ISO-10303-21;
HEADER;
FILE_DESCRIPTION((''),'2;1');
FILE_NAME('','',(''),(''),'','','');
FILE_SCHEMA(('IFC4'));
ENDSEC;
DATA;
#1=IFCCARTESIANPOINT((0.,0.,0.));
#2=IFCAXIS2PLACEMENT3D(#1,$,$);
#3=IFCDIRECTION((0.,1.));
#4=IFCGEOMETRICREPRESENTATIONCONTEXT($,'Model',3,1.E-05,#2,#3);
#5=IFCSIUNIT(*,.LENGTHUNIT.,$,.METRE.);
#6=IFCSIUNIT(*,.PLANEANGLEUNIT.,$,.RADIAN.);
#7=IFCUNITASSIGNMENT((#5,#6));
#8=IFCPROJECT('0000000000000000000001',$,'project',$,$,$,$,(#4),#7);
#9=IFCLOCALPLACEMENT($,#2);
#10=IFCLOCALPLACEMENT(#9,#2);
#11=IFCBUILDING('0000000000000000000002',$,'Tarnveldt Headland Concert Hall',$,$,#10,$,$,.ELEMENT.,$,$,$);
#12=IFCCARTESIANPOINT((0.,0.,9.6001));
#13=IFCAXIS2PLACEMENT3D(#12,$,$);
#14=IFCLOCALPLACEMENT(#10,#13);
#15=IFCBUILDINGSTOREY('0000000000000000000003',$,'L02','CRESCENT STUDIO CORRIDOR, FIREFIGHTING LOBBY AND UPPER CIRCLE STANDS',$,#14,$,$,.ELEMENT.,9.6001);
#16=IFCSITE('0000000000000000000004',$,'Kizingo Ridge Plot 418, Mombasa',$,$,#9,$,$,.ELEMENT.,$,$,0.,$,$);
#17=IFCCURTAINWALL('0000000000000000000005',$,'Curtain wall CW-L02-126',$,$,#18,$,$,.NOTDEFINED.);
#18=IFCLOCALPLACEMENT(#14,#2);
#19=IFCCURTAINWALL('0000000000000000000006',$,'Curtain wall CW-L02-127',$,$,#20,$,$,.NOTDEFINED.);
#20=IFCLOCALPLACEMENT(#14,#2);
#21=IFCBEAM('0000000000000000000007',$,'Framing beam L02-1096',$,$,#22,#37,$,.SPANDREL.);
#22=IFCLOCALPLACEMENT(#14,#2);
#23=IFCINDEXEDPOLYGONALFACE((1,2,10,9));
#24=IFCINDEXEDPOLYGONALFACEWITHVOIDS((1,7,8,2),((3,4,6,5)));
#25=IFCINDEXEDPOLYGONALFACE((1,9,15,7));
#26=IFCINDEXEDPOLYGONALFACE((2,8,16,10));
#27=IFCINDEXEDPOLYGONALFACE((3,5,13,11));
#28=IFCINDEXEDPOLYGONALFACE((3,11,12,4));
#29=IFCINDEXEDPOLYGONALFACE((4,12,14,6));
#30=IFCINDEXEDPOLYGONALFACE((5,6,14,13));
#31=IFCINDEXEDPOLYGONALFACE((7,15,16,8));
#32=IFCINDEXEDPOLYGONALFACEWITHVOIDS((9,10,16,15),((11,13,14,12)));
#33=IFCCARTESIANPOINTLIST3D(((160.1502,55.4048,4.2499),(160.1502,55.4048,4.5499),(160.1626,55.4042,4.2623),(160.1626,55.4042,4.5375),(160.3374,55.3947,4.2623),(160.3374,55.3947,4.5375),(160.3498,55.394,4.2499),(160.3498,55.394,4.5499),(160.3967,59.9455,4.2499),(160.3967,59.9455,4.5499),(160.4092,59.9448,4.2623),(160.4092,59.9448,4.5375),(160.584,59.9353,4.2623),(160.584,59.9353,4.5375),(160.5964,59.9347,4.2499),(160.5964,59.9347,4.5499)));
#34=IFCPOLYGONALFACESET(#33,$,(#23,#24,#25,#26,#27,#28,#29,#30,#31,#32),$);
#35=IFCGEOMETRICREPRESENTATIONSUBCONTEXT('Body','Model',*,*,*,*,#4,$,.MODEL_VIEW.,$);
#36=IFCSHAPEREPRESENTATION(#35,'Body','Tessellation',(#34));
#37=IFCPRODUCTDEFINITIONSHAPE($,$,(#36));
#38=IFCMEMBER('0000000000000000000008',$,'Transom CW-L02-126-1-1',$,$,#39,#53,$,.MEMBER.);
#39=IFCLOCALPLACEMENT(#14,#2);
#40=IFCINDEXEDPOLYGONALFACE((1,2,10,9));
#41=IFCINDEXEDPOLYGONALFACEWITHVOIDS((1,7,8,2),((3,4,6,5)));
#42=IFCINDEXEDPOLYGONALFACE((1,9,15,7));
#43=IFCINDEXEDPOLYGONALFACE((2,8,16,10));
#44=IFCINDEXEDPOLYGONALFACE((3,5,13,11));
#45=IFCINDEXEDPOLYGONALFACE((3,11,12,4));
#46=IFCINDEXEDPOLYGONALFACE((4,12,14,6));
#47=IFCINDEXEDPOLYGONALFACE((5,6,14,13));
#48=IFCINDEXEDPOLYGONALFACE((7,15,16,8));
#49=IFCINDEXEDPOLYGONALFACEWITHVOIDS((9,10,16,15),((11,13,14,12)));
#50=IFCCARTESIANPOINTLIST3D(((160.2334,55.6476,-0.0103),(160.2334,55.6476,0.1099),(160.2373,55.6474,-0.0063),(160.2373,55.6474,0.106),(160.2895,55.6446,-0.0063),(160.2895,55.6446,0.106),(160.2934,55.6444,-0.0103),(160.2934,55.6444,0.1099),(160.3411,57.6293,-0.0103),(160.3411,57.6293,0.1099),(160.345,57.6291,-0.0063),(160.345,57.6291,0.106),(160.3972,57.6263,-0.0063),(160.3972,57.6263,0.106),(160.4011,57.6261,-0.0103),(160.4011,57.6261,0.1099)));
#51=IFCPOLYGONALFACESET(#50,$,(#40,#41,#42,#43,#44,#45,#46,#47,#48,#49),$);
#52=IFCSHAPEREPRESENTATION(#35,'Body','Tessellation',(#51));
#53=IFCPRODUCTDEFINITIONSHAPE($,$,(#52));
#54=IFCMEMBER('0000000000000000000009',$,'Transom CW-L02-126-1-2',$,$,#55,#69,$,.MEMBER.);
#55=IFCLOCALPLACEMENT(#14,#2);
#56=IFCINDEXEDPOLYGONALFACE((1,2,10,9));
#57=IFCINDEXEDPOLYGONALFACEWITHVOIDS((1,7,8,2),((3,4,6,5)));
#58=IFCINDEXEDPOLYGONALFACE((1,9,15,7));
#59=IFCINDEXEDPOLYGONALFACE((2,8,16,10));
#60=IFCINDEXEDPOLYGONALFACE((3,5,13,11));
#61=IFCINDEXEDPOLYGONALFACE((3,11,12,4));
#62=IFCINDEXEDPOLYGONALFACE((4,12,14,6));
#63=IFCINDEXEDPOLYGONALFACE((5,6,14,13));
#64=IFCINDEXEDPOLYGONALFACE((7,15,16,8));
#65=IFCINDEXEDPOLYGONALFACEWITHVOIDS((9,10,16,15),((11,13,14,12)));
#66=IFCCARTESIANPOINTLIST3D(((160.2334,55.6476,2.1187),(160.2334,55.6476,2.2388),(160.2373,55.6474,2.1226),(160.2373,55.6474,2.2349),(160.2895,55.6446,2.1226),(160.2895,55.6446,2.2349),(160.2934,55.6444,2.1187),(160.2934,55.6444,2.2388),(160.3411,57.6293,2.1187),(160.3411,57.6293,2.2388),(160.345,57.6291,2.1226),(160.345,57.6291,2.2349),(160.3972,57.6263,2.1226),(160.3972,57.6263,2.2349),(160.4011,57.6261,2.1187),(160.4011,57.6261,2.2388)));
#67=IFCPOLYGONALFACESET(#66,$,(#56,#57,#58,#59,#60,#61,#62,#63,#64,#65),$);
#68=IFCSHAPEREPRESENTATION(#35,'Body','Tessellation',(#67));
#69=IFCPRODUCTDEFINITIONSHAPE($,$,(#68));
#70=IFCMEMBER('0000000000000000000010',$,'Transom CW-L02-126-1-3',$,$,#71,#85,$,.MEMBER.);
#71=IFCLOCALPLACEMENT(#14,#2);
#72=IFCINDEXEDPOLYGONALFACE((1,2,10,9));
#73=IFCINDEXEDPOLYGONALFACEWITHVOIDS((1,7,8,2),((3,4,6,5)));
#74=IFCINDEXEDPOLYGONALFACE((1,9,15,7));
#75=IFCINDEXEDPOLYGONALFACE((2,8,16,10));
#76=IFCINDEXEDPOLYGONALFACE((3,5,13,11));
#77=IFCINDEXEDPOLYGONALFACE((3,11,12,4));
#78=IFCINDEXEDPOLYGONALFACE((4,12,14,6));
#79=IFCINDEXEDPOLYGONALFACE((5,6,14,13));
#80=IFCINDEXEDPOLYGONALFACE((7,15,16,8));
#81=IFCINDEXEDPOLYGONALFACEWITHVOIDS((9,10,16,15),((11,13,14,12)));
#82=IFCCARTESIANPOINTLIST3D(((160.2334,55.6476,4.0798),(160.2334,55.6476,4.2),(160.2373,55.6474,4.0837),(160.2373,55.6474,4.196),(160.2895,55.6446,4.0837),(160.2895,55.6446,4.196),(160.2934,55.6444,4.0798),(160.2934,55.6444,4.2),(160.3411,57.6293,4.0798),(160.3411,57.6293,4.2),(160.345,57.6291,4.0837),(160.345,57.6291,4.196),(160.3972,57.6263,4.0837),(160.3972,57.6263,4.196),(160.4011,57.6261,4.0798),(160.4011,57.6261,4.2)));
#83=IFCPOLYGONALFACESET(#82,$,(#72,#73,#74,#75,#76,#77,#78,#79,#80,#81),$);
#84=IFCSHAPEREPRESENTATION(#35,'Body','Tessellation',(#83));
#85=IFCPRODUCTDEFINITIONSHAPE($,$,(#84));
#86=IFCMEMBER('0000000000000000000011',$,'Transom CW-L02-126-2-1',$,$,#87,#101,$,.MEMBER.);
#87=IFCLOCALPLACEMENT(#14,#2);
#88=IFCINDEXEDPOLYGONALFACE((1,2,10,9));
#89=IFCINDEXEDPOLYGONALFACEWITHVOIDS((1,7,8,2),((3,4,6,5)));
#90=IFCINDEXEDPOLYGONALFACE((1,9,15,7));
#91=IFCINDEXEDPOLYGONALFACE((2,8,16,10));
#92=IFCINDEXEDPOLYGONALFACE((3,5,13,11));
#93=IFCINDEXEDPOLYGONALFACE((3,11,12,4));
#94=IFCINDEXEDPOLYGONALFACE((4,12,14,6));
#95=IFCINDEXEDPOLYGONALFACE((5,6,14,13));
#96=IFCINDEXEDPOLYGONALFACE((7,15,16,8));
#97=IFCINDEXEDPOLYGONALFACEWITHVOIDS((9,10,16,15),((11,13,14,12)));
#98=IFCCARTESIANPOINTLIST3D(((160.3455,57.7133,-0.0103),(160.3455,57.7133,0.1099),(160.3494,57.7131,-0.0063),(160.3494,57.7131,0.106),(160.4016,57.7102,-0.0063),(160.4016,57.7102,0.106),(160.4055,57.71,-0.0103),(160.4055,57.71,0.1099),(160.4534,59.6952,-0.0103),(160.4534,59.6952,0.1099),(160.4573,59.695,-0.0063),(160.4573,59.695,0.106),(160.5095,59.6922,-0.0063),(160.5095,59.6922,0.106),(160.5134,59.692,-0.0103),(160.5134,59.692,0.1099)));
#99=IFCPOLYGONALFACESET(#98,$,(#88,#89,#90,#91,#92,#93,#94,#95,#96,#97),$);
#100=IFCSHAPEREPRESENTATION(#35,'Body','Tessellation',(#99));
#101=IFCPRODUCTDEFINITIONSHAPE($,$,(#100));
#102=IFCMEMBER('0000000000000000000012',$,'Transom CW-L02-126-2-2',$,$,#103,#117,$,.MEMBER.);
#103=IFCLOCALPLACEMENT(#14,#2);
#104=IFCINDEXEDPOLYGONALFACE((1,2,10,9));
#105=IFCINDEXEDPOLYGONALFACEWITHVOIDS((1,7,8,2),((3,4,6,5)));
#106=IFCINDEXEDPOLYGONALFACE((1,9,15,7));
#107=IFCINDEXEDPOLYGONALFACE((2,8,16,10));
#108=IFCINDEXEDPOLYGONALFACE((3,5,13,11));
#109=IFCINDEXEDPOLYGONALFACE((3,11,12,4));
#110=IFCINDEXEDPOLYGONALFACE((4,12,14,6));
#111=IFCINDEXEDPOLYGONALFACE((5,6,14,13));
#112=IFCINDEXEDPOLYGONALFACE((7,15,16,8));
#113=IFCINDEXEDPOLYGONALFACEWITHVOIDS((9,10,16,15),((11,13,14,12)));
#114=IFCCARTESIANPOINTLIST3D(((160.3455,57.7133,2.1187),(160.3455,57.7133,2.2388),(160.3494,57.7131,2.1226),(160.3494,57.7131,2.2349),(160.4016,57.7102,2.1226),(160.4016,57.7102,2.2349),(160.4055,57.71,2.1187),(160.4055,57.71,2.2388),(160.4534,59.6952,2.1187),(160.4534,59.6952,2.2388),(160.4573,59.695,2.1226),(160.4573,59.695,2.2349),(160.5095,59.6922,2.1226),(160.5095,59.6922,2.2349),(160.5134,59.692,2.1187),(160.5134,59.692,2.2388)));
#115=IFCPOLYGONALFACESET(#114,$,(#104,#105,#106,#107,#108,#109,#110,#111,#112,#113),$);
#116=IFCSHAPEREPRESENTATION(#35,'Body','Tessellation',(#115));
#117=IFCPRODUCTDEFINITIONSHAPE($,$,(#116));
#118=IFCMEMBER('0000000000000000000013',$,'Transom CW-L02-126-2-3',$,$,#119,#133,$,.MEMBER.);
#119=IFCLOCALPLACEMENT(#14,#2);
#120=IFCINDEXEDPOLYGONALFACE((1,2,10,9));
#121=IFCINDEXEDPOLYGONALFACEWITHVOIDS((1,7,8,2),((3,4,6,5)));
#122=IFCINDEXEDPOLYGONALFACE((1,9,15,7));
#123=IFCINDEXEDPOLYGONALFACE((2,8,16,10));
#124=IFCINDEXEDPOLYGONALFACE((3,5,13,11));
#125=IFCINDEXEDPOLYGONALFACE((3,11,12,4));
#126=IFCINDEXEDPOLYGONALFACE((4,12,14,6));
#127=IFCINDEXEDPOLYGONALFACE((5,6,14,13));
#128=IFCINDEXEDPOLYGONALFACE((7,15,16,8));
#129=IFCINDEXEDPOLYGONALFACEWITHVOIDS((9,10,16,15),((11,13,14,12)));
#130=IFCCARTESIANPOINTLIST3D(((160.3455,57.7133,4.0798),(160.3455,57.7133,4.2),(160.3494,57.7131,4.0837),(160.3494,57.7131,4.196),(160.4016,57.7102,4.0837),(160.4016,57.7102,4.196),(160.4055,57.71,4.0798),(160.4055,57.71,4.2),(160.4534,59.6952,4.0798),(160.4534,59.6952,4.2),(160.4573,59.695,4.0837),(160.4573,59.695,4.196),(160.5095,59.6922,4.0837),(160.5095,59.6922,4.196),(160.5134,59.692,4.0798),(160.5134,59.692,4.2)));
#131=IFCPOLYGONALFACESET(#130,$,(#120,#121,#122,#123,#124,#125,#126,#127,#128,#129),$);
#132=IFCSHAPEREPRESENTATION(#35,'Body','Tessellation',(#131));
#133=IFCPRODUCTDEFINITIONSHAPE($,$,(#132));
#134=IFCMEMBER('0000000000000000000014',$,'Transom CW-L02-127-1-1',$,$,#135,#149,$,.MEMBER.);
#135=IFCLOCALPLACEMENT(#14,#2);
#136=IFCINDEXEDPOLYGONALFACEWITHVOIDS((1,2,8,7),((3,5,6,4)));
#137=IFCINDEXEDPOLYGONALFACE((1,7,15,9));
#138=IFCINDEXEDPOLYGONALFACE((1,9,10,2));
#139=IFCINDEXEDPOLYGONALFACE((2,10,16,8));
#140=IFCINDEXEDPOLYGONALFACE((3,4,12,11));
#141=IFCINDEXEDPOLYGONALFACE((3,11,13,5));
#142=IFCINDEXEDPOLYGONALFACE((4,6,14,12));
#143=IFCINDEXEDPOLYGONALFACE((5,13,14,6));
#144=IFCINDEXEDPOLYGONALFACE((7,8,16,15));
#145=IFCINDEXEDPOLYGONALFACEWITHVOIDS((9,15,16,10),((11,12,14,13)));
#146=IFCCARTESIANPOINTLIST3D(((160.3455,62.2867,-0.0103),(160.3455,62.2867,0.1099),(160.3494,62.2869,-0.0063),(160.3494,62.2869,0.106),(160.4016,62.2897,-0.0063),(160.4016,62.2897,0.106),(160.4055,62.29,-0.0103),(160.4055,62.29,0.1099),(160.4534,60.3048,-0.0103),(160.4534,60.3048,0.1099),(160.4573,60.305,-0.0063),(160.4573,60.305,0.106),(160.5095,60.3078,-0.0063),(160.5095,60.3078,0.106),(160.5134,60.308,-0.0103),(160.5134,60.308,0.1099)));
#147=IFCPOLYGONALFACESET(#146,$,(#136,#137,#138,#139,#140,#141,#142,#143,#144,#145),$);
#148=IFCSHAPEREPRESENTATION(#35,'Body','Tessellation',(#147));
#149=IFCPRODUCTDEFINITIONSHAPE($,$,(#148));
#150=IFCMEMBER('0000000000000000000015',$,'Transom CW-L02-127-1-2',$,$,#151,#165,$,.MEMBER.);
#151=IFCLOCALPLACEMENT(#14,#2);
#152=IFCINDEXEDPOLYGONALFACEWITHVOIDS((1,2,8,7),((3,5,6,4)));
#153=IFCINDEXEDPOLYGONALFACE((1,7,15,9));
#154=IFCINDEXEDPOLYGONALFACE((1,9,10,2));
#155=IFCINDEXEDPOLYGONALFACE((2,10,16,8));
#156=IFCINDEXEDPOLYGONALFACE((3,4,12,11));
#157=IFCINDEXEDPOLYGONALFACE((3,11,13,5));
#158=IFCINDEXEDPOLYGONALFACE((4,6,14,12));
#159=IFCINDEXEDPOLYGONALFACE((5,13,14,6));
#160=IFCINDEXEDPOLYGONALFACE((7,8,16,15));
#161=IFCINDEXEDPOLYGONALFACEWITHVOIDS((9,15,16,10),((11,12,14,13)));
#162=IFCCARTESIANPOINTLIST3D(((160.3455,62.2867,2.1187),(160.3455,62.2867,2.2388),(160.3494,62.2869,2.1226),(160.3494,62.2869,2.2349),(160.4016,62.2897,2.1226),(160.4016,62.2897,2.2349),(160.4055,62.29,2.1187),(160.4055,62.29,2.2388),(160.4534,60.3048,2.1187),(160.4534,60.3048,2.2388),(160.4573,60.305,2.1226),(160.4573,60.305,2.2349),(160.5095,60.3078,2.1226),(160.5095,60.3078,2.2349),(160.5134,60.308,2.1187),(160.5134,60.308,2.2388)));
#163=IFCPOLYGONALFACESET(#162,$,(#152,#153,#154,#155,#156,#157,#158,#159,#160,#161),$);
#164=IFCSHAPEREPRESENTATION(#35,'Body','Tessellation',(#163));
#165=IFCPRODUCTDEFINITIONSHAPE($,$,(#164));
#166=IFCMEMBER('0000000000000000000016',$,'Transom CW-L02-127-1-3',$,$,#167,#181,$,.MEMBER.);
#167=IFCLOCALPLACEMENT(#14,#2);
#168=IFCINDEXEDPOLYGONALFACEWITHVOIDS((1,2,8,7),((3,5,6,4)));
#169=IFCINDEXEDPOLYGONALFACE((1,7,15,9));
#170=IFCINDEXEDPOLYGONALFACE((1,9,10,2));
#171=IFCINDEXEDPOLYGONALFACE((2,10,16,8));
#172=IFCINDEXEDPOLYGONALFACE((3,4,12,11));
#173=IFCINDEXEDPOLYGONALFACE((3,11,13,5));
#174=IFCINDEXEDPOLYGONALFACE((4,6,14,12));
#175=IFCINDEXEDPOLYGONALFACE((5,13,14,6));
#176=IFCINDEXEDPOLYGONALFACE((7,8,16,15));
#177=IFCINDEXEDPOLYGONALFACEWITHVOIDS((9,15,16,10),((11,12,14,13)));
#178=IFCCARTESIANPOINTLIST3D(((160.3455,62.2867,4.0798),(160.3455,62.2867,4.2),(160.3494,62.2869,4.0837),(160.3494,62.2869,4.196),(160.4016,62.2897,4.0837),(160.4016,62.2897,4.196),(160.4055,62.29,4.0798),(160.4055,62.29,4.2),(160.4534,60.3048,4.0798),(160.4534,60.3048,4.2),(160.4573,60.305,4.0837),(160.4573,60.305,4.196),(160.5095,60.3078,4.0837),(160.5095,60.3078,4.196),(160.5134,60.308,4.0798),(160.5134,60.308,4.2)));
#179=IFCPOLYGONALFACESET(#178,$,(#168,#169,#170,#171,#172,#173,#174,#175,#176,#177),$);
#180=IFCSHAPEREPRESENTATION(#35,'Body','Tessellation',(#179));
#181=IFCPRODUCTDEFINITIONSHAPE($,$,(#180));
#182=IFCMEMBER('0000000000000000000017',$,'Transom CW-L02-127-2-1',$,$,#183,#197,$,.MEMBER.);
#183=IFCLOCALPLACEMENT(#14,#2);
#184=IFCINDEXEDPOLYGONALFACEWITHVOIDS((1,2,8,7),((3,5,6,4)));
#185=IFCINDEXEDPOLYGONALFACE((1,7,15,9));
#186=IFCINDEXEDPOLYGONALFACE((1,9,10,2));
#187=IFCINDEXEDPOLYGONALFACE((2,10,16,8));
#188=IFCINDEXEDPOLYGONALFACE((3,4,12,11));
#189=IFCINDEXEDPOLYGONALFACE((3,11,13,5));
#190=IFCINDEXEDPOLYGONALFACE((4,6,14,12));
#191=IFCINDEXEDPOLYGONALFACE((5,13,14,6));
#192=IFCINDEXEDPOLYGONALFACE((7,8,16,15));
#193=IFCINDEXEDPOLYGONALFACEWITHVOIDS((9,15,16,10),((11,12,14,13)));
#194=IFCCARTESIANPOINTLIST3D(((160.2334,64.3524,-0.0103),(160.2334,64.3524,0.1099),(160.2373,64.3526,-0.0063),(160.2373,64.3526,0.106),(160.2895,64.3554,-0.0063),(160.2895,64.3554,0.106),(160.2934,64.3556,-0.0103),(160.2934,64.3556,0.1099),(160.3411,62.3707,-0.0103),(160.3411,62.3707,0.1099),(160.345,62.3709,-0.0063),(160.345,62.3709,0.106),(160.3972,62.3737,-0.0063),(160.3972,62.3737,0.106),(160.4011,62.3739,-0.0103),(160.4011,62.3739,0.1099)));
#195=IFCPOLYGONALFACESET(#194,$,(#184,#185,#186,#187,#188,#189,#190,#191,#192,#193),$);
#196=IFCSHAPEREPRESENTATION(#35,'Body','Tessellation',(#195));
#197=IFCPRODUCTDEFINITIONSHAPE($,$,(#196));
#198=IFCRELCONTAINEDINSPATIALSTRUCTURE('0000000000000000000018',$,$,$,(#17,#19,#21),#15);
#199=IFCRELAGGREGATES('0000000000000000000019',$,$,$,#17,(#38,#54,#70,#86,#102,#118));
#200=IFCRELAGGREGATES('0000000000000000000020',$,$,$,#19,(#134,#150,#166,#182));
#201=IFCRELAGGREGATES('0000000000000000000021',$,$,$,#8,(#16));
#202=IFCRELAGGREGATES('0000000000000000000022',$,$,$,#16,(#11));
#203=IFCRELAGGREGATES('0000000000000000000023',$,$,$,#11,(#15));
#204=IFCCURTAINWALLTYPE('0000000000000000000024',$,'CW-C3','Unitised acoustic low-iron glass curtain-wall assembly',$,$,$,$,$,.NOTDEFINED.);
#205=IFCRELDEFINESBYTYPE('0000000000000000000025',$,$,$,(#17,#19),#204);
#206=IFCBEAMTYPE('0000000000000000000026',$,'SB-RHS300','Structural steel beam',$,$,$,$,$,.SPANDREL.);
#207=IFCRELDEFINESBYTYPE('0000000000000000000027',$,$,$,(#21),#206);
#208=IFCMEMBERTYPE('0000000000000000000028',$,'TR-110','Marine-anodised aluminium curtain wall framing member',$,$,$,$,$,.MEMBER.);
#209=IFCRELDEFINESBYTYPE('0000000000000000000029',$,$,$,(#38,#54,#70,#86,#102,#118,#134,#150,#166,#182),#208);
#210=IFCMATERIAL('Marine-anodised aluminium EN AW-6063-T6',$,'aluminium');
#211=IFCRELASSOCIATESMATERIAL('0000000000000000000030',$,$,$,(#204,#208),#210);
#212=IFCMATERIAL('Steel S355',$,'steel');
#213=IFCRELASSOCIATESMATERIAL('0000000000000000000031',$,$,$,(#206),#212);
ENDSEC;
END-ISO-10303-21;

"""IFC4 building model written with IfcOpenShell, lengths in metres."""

from ifc_helpers import new_model, si_unit, direction, frame, origin, origin_2d, place, context, subcontext, project, spatial, hollow_rectangle, extrude, material, material_profile, profile_set, type_object, element, aggregate, save


model = new_model("IFC4")

# Units and contexts
model_context = context("Model", 3, precision=1e-05, world=origin(), true_north=direction((0.0, 1.0)))
body_context = subcontext(model_context, "Body", "Model", "MODEL_VIEW")
ifc_project = project(units=[si_unit("LENGTHUNIT", "METRE"), si_unit("PLANEANGLEUNIT", "RADIAN")], contexts=[model_context])

# Site, building, storey
site_placement = place(None, origin())
site = spatial("IfcSite", under=ifc_project, at=site_placement, Name="Kizingo Ridge Plot 418, Mombasa", CompositionType="ELEMENT", RefElevation=0.0)
building_placement = place(site_placement, origin())
building = spatial("IfcBuilding", under=site, at=building_placement, Name="Tarnveldt Headland Concert Hall", CompositionType="ELEMENT")
storey_placement = place(building_placement, frame((0.0, 0.0, 9.6001)))
storey = spatial("IfcBuildingStorey", under=building, at=storey_placement, Name="L02", Description="CRESCENT STUDIO CORRIDOR, FIREFIGHTING LOBBY AND UPPER CIRCLE STANDS", CompositionType="ELEMENT", Elevation=9.6001)

# Shared definitions
ifc_material_1 = material(Name="Steel S355", Category="steel")

# Shared definitions
ifc_material_2 = material(Name="Marine-anodised aluminium EN AW-6063-T6", Category="aluminium")
curtain_wall_type = type_object("IfcCurtainWallType", Name="CW-C3", Description="Unitised acoustic low-iron glass curtain-wall assembly", PredefinedType="NOTDEFINED", material=ifc_material_2)

# Curtain walls
curtain_wall_1_placement = place(storey_placement, origin())
curtain_wall_1 = element("IfcCurtainWall", 1, at=curtain_wall_1_placement, inside=storey, type_object=curtain_wall_type, Name="Curtain wall CW-L02-126", PredefinedType="NOTDEFINED")
curtain_wall_2_placement = place(storey_placement, origin())
curtain_wall_2 = element("IfcCurtainWall", 2, at=curtain_wall_2_placement, inside=storey, type_object=curtain_wall_type, Name="Curtain wall CW-L02-127", PredefinedType="NOTDEFINED")

# Beam
ifc_material_profile_1 = material_profile(ifc_material_1, hollow_rectangle(XDim=0.2, YDim=0.3, WallThickness=0.0125, at=origin_2d()), Name="RHS 300x200x12.5", Category="steel")
ifc_profile_set_1 = profile_set([ifc_material_profile_1], Name="Steel S355")
beam_type_1 = type_object("IfcBeamType", Name="SB-RHS300", Description="Structural steel beam", PredefinedType="SPANDREL", material=ifc_profile_set_1)
beam_1_placement = place(storey_placement, frame((160.25, 55.3994, 4.3999), z_axis=(0.054224, 0.998529, 0.0), x_axis=(-0.998529, 0.054224, 0.0)))
element("IfcBeam", 3, at=beam_1_placement, inside=storey, type_object=beam_type_1, Name="Framing beam L02-1096", PredefinedType="SPANDREL", context=body_context, shape_type="SweptSolid", body=[
    extrude(hollow_rectangle(XDim=0.2, YDim=0.3, WallThickness=0.0125, at=origin_2d()), origin(), (0.0, 0.0, 1.0), 4.5474),
])

# Members
ifc_material_profile_2 = material_profile(ifc_material_2, hollow_rectangle(XDim=0.0601, YDim=0.1201, WallThickness=0.0039, at=origin_2d()), Name="ALU TRANSOM 60x120x4", Category="aluminium")
ifc_profile_set_2 = profile_set([ifc_material_profile_2], Name="Marine-anodised aluminium EN AW-6063-T6")
member_type_1 = type_object("IfcMemberType", Name="TR-110", Description="Marine-anodised aluminium curtain wall framing member", PredefinedType="MEMBER", material=ifc_profile_set_2)
member_1_placement = place(storey_placement, frame((160.2634, 55.646, 0.0498), z_axis=(0.05425, 0.998527, 0.0), x_axis=(-0.998527, 0.05425, 0.0)))
member_1 = element("IfcMember", 4, at=member_1_placement, type_object=member_type_1, Name="Transom CW-L02-126-1-1", PredefinedType="MEMBER", context=body_context, shape_type="SweptSolid", body=[
    extrude(hollow_rectangle(XDim=0.0601, YDim=0.1201, WallThickness=0.0039, at=origin_2d()), origin(), (0.0, 0.0, 1.0), 1.9846),
])
member_2_placement = place(storey_placement, frame((160.2634, 55.646, 2.1787), z_axis=(0.05425, 0.998527, 0.0), x_axis=(-0.998527, 0.05425, 0.0)))
member_2 = element("IfcMember", 5, at=member_2_placement, type_object=member_type_1, Name="Transom CW-L02-126-1-2", PredefinedType="MEMBER", context=body_context, shape_type="SweptSolid", body=[
    extrude(hollow_rectangle(XDim=0.0601, YDim=0.1201, WallThickness=0.0039, at=origin_2d()), origin(), (0.0, 0.0, 1.0), 1.9846),
])
member_3_placement = place(storey_placement, frame((160.2634, 55.646, 4.1399), z_axis=(0.05425, 0.998527, 0.0), x_axis=(-0.998527, 0.05425, 0.0)))
member_3 = element("IfcMember", 6, at=member_3_placement, type_object=member_type_1, Name="Transom CW-L02-126-1-3", PredefinedType="MEMBER", context=body_context, shape_type="SweptSolid", body=[
    extrude(hollow_rectangle(XDim=0.0601, YDim=0.1201, WallThickness=0.0039, at=origin_2d()), origin(), (0.0, 0.0, 1.0), 1.9846),
])
member_4_placement = place(storey_placement, frame((160.3755, 57.7117, 0.0498), z_axis=(0.054366, 0.998521, 0.0), x_axis=(-0.998521, 0.054366, 0.0)))
member_4 = element("IfcMember", 7, at=member_4_placement, type_object=member_type_1, Name="Transom CW-L02-126-2-1", PredefinedType="MEMBER", context=body_context, shape_type="SweptSolid", body=[
    extrude(hollow_rectangle(XDim=0.0601, YDim=0.1201, WallThickness=0.0039, at=origin_2d()), origin(), (0.0, 0.0, 1.0), 1.9849),
])
member_5_placement = place(storey_placement, frame((160.3755, 57.7117, 2.1787), z_axis=(0.054366, 0.998521, 0.0), x_axis=(-0.998521, 0.054366, 0.0)))
member_5 = element("IfcMember", 8, at=member_5_placement, type_object=member_type_1, Name="Transom CW-L02-126-2-2", PredefinedType="MEMBER", context=body_context, shape_type="SweptSolid", body=[
    extrude(hollow_rectangle(XDim=0.0601, YDim=0.1201, WallThickness=0.0039, at=origin_2d()), origin(), (0.0, 0.0, 1.0), 1.9849),
])
member_6_placement = place(storey_placement, frame((160.3755, 57.7117, 4.1399), z_axis=(0.054366, 0.998521, 0.0), x_axis=(-0.998521, 0.054366, 0.0)))
member_6 = element("IfcMember", 9, at=member_6_placement, type_object=member_type_1, Name="Transom CW-L02-126-2-3", PredefinedType="MEMBER", context=body_context, shape_type="SweptSolid", body=[
    extrude(hollow_rectangle(XDim=0.0601, YDim=0.1201, WallThickness=0.0039, at=origin_2d()), origin(), (0.0, 0.0, 1.0), 1.9849),
])
member_7_placement = place(storey_placement, frame((160.4834, 60.3064, 0.0498), z_axis=(-0.054366, 0.998521, 0.0), x_axis=(-0.998521, -0.054366, 0.0)))
member_7 = element("IfcMember", 10, at=member_7_placement, type_object=member_type_1, Name="Transom CW-L02-127-1-1", PredefinedType="MEMBER", context=body_context, shape_type="SweptSolid", body=[
    extrude(hollow_rectangle(XDim=0.0601, YDim=0.1201, WallThickness=0.0039, at=origin_2d()), origin(), (0.0, 0.0, 1.0), 1.9849),
])
member_8_placement = place(storey_placement, frame((160.4834, 60.3064, 2.1787), z_axis=(-0.054366, 0.998521, 0.0), x_axis=(-0.998521, -0.054366, 0.0)))
member_8 = element("IfcMember", 11, at=member_8_placement, type_object=member_type_1, Name="Transom CW-L02-127-1-2", PredefinedType="MEMBER", context=body_context, shape_type="SweptSolid", body=[
    extrude(hollow_rectangle(XDim=0.0601, YDim=0.1201, WallThickness=0.0039, at=origin_2d()), origin(), (0.0, 0.0, 1.0), 1.9849),
])
member_9_placement = place(storey_placement, frame((160.4834, 60.3064, 4.1399), z_axis=(-0.054366, 0.998521, 0.0), x_axis=(-0.998521, -0.054366, 0.0)))
member_9 = element("IfcMember", 12, at=member_9_placement, type_object=member_type_1, Name="Transom CW-L02-127-1-3", PredefinedType="MEMBER", context=body_context, shape_type="SweptSolid", body=[
    extrude(hollow_rectangle(XDim=0.0601, YDim=0.1201, WallThickness=0.0039, at=origin_2d()), origin(), (0.0, 0.0, 1.0), 1.9849),
])
member_10_placement = place(storey_placement, frame((160.3711, 62.3723, 0.0498), z_axis=(-0.05425, 0.998527, 0.0), x_axis=(-0.998527, -0.05425, 0.0)))
member_10 = element("IfcMember", 13, at=member_10_placement, type_object=member_type_1, Name="Transom CW-L02-127-2-1", PredefinedType="MEMBER", context=body_context, shape_type="SweptSolid", body=[
    extrude(hollow_rectangle(XDim=0.0601, YDim=0.1201, WallThickness=0.0039, at=origin_2d()), origin(), (0.0, 0.0, 1.0), 1.9846),
])

aggregate(curtain_wall_1, [member_1, member_2, member_3, member_4, member_5, member_6])
aggregate(curtain_wall_2, [member_7, member_8, member_9, member_10])

save(model, "model.ifc")
